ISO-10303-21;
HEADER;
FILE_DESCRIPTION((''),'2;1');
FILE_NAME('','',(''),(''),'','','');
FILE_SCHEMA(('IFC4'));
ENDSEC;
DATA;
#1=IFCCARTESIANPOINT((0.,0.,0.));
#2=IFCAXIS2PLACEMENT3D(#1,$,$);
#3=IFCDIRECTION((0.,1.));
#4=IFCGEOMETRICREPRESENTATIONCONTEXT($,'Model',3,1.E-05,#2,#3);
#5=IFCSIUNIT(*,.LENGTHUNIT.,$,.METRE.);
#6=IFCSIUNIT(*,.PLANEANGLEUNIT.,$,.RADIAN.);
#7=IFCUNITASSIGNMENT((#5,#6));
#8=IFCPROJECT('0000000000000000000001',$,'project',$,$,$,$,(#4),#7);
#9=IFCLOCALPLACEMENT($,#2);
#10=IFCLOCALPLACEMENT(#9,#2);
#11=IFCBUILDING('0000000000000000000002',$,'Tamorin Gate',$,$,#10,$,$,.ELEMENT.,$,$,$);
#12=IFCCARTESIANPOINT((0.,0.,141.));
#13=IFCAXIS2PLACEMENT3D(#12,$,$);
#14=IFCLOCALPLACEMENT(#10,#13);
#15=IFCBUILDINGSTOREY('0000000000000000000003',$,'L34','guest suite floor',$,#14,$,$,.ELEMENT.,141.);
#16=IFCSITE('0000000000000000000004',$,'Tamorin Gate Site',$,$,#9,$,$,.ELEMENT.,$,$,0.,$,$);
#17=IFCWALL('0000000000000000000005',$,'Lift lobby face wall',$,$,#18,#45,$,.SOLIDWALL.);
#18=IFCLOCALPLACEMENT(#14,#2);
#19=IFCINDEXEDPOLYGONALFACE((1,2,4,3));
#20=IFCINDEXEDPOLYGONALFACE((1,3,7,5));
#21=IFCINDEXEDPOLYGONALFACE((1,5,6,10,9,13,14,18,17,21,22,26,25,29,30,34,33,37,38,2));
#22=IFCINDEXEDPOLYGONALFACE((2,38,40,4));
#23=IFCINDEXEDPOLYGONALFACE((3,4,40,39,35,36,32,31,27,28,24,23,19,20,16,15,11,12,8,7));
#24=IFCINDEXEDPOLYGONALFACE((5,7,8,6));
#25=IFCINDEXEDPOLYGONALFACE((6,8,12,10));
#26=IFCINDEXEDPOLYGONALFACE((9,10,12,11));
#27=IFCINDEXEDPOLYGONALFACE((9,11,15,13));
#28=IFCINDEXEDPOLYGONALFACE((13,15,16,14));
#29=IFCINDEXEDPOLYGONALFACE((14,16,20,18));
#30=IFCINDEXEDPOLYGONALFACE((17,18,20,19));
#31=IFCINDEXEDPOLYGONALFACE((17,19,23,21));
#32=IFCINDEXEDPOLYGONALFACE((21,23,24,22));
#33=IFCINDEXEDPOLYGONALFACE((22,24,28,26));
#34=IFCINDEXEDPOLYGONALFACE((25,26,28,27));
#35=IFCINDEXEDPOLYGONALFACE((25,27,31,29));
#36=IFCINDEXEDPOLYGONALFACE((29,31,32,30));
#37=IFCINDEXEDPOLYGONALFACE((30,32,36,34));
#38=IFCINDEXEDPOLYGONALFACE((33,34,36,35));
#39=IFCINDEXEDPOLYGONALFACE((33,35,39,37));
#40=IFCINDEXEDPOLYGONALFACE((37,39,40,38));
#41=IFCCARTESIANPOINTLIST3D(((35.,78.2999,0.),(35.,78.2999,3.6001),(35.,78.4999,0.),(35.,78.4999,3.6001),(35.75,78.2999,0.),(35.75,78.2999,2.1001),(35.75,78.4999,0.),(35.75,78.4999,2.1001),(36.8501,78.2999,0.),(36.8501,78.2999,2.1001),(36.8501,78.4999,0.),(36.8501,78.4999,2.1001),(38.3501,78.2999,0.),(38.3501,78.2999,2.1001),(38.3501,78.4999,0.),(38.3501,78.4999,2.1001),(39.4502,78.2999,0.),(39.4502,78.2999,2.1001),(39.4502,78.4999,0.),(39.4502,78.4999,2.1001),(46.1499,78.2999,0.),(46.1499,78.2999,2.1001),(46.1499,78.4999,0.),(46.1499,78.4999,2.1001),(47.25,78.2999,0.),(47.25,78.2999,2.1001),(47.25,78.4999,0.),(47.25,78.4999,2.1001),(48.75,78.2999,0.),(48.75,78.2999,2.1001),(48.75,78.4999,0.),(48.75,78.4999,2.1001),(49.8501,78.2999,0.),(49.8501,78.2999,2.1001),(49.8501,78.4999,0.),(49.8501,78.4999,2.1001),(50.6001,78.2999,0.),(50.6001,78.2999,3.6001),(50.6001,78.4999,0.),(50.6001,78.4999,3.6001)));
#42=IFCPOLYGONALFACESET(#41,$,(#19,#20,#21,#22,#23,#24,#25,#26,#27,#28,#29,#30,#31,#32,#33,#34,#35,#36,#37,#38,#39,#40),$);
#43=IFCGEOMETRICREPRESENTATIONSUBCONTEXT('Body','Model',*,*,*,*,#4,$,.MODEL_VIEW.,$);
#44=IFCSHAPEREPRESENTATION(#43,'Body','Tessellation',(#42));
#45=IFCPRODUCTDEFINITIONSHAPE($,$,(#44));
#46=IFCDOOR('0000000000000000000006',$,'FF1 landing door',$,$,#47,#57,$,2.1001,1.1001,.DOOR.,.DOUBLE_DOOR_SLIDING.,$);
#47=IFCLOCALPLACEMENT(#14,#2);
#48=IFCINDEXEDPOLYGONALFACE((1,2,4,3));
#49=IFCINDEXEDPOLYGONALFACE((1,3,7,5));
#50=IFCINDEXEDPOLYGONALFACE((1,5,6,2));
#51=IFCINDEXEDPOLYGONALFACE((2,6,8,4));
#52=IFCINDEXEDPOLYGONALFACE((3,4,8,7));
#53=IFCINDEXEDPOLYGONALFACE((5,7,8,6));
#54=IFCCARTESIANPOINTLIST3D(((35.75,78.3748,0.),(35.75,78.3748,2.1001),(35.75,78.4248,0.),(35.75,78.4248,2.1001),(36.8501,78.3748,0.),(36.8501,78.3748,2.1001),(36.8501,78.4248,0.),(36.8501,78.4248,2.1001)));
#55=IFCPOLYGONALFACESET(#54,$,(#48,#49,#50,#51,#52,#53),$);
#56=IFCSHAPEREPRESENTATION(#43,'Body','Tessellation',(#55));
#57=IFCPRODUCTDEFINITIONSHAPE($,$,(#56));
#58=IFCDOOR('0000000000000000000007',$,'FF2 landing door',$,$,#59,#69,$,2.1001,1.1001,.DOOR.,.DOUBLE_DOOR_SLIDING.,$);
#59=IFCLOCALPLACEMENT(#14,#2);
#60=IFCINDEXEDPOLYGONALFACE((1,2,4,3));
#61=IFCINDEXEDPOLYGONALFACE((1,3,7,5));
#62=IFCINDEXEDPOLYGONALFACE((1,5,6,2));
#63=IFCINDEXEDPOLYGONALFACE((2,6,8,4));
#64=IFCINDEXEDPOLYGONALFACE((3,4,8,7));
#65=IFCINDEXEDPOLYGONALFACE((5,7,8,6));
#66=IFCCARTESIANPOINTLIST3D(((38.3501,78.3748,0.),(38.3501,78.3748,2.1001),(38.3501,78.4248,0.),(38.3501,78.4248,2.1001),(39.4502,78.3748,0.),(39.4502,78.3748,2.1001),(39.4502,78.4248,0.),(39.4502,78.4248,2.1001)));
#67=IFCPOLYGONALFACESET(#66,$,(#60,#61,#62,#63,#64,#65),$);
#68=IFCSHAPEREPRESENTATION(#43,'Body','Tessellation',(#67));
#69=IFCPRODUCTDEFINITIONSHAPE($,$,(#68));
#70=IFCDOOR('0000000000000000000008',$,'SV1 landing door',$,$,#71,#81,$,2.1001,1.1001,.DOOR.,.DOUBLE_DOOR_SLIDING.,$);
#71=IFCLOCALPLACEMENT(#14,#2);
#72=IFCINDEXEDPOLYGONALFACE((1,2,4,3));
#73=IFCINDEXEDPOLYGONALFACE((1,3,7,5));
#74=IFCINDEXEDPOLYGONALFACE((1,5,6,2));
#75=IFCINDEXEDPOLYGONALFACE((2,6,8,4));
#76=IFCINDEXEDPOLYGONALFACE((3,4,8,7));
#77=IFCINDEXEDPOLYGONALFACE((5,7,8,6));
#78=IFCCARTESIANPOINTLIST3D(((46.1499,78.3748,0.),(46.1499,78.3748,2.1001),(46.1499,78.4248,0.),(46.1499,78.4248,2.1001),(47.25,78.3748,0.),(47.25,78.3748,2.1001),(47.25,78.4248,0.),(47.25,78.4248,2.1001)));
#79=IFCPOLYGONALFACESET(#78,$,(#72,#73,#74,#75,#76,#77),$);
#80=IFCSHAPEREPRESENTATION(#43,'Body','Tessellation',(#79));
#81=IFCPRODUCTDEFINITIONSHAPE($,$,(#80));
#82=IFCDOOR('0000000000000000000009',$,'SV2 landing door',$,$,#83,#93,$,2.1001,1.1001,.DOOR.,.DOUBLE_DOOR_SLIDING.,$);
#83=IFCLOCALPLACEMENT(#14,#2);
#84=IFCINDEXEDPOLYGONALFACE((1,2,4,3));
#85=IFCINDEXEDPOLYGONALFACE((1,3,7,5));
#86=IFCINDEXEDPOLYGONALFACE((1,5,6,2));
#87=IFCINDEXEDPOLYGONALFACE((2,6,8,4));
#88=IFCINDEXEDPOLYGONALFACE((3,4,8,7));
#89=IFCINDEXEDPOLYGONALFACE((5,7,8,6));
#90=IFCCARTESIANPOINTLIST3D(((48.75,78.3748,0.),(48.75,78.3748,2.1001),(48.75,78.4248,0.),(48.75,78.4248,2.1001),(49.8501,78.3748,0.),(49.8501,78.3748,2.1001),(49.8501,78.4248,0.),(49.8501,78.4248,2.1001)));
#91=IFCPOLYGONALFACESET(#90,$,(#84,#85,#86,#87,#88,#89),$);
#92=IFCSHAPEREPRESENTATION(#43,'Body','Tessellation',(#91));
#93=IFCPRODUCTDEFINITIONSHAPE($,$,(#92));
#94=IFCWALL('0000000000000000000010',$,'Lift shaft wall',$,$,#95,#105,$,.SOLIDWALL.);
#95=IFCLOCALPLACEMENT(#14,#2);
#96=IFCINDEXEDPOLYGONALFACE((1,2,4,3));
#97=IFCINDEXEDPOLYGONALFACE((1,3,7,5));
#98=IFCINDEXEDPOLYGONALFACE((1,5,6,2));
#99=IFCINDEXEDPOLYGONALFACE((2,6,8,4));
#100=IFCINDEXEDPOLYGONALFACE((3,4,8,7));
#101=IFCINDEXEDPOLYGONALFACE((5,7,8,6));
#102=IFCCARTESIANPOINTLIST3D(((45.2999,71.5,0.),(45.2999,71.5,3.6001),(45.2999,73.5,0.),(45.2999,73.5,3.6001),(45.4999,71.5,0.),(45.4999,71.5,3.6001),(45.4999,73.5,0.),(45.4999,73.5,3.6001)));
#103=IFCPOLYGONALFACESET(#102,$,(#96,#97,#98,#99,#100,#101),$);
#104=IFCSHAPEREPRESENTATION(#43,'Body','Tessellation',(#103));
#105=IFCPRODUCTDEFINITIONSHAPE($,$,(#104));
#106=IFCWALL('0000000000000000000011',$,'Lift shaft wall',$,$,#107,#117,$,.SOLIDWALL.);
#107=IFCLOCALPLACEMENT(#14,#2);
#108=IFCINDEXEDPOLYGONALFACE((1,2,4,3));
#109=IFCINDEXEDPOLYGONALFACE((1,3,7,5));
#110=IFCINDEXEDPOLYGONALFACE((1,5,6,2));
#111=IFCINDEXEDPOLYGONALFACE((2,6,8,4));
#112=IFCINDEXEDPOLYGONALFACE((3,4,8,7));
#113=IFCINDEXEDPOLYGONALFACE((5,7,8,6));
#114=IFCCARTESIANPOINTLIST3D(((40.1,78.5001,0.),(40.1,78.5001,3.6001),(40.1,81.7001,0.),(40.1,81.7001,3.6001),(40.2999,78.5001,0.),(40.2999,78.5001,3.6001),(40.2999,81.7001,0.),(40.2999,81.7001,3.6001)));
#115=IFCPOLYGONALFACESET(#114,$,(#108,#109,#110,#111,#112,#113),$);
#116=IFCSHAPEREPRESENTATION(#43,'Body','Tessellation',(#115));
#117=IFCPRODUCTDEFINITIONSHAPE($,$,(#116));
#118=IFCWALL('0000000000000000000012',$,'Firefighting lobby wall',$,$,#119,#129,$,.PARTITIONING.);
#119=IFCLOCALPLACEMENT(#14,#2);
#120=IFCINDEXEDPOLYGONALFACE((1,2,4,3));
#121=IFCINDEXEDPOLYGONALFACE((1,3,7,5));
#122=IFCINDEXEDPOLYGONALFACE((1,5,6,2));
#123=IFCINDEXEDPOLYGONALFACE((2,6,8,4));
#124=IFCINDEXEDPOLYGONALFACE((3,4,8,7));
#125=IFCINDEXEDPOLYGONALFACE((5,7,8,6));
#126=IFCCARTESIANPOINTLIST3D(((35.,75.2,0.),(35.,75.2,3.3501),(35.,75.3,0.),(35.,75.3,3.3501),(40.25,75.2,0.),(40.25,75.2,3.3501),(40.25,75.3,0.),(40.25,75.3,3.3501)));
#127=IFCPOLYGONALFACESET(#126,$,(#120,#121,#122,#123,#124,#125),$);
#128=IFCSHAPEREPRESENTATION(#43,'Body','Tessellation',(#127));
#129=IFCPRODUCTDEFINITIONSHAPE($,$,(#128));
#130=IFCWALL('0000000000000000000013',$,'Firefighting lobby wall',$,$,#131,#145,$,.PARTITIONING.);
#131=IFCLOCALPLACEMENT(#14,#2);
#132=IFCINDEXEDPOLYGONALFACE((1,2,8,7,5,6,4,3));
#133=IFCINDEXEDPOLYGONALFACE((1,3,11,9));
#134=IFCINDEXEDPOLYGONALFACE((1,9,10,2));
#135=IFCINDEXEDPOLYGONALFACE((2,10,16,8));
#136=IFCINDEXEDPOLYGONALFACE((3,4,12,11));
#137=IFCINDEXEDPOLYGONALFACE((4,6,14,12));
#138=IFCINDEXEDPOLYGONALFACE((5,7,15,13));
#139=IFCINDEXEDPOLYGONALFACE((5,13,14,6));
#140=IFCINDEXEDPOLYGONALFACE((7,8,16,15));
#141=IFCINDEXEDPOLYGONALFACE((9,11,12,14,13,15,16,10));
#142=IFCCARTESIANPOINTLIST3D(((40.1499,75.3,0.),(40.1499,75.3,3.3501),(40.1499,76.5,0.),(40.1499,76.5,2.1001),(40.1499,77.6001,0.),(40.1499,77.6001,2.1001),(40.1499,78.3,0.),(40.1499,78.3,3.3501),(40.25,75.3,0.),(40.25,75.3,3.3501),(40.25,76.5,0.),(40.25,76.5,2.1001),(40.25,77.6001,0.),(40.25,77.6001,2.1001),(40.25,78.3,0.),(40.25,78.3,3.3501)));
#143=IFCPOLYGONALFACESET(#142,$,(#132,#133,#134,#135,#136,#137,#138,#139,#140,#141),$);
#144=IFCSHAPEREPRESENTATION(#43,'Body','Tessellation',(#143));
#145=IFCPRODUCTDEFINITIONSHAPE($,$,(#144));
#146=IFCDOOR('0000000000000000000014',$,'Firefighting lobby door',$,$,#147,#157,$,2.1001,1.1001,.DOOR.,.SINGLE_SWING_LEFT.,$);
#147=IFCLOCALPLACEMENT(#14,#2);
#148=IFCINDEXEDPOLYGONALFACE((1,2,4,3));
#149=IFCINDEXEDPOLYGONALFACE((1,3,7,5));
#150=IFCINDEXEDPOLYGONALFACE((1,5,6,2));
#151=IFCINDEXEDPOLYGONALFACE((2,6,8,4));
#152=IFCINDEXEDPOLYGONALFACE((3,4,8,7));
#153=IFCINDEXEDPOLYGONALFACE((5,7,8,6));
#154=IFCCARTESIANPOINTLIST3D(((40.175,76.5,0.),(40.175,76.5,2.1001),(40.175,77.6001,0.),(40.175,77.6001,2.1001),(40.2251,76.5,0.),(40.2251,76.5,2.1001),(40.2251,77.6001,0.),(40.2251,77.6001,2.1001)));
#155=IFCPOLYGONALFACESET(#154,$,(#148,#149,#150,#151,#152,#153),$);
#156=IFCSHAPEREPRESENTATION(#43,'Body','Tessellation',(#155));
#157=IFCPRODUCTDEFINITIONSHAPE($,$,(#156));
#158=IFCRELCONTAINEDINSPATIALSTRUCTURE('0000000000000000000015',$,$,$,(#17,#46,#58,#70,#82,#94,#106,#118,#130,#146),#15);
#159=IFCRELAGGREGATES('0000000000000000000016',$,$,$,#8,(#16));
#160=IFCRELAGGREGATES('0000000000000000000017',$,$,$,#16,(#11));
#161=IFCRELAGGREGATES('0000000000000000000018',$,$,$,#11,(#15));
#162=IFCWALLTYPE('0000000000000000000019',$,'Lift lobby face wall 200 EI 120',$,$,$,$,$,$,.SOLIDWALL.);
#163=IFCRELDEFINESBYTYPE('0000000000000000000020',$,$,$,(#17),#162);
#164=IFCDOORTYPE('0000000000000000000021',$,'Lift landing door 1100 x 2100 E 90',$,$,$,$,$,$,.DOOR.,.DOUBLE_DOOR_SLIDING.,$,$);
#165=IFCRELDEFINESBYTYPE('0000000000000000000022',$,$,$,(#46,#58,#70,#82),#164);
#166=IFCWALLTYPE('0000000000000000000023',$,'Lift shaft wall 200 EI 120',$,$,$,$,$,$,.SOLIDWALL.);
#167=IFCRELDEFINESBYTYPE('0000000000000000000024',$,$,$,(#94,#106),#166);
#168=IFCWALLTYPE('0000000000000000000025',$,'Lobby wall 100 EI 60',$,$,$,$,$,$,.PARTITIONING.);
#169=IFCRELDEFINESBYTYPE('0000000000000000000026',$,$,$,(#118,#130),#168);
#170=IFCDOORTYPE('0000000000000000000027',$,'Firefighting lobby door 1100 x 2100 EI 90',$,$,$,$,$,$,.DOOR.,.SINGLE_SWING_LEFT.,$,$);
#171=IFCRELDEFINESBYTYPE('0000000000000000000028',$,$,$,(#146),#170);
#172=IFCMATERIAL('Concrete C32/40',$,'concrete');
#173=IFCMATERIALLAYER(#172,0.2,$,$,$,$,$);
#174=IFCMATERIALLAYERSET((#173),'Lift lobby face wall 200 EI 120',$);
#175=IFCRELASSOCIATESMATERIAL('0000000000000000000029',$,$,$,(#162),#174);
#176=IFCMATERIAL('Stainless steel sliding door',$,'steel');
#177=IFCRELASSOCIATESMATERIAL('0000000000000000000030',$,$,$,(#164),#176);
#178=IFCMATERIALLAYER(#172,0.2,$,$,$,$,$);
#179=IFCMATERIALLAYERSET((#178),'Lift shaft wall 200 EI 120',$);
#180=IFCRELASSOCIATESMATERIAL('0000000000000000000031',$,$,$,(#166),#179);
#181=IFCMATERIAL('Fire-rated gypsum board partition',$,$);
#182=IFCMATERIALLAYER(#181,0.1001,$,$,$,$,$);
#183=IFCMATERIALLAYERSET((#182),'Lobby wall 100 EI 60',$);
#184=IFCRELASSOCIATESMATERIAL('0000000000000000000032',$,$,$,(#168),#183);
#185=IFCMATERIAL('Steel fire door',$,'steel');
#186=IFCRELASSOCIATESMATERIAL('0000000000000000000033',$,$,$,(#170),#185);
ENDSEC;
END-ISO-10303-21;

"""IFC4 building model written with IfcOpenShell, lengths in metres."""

from ifc_helpers import new_model, si_unit, direction, frame, frame_2d, origin, place, context, subcontext, project, spatial, rectangle, extrude, material, layer, layer_set, type_object, element, fill, save


model = new_model("IFC4")

# Units and contexts
model_context = context("Model", 3, precision=1e-05, world=origin(), true_north=direction((0.0, 1.0)))
body_context = subcontext(model_context, "Body", "Model", "MODEL_VIEW")
ifc_project = project(units=[si_unit("LENGTHUNIT", "METRE"), si_unit("PLANEANGLEUNIT", "RADIAN")], contexts=[model_context])

# Site, building, storey
site_placement = place(None, origin())
site = spatial("IfcSite", under=ifc_project, at=site_placement, Name="Tamorin Gate Site", CompositionType="ELEMENT", RefElevation=0.0)
building_placement = place(site_placement, origin())
building = spatial("IfcBuilding", under=site, at=building_placement, Name="Tamorin Gate", CompositionType="ELEMENT")
storey_placement = place(building_placement, frame((0.0, 0.0, 141.0)))
storey = spatial("IfcBuildingStorey", under=building, at=storey_placement, Name="L34", Description="guest suite floor", CompositionType="ELEMENT", Elevation=141.0)

# Wall, openings, doors
ifc_material_1 = material(Name="Concrete C32/40", Category="concrete")
ifc_layer_1 = layer(ifc_material_1, 0.2)
ifc_layer_set_1 = layer_set([ifc_layer_1], Name="Lift lobby face wall 200 EI 120")
wall_type_1 = type_object("IfcWallType", Name="Lift lobby face wall 200 EI 120", PredefinedType="SOLIDWALL", material=ifc_layer_set_1)
ifc_material_2 = material(Name="Stainless steel sliding door", Category="steel")
door_type_1 = type_object("IfcDoorType", Name="Lift landing door 1100 x 2100 E 90", OperationType="DOUBLE_DOOR_SLIDING", PredefinedType="DOOR", material=ifc_material_2)
wall_1_placement = place(storey_placement, frame((35.0, 78.3999, 0.0), z_axis=(0.0, 0.0, 1.0), x_axis=(1.0, 0.0, 0.0)))
wall_1 = element("IfcWall", 1, at=wall_1_placement, inside=storey, type_object=wall_type_1, Name="Lift lobby face wall", PredefinedType="SOLIDWALL", context=body_context, shape_type="SweptSolid", body=[
    extrude(rectangle(XDim=15.6001, YDim=0.2, at=frame_2d((7.8, 0.0))), origin(), (0.0, 0.0, 1.0), 3.6001),
])
opening_1_placement = place(wall_1_placement, frame((0.75, 0.0, 0.0)))
opening_1 = element("IfcOpeningElement", 2, at=opening_1_placement, cuts=wall_1, PredefinedType="OPENING", context=body_context, shape_type="SweptSolid", body=[
    extrude(rectangle(XDim=1.1001, YDim=2.1001, at=frame_2d((0.55, 1.05))), frame((0.0, 0.1099, 0.0), z_axis=(0.0, -1.0, 0.0), x_axis=(1.0, 0.0, 0.0)), (0.0, 0.0, 1.0), 0.22),
])
opening_2_placement = place(wall_1_placement, frame((3.3501, 0.0, 0.0)))
opening_2 = element("IfcOpeningElement", 3, at=opening_2_placement, cuts=wall_1, PredefinedType="OPENING", context=body_context, shape_type="SweptSolid", body=[
    extrude(rectangle(XDim=1.1001, YDim=2.1001, at=frame_2d((0.55, 1.05))), frame((0.0, 0.1099, 0.0), z_axis=(0.0, -1.0, 0.0), x_axis=(1.0, 0.0, 0.0)), (0.0, 0.0, 1.0), 0.22),
])
opening_3_placement = place(wall_1_placement, frame((11.1499, 0.0, 0.0)))
opening_3 = element("IfcOpeningElement", 4, at=opening_3_placement, cuts=wall_1, PredefinedType="OPENING", context=body_context, shape_type="SweptSolid", body=[
    extrude(rectangle(XDim=1.1001, YDim=2.1001, at=frame_2d((0.55, 1.05))), frame((0.0, 0.1099, 0.0), z_axis=(0.0, -1.0, 0.0), x_axis=(1.0, 0.0, 0.0)), (0.0, 0.0, 1.0), 0.22),
])
opening_4_placement = place(wall_1_placement, frame((13.75, 0.0, 0.0)))
opening_4 = element("IfcOpeningElement", 5, at=opening_4_placement, cuts=wall_1, PredefinedType="OPENING", context=body_context, shape_type="SweptSolid", body=[
    extrude(rectangle(XDim=1.1001, YDim=2.1001, at=frame_2d((0.55, 1.05))), frame((0.0, 0.1099, 0.0), z_axis=(0.0, -1.0, 0.0), x_axis=(1.0, 0.0, 0.0)), (0.0, 0.0, 1.0), 0.22),
])
door_1_placement = place(opening_1_placement, origin())
door_1 = element("IfcDoor", 6, at=door_1_placement, inside=storey, type_object=door_type_1, Name="FF1 landing door", OperationType="DOUBLE_DOOR_SLIDING", OverallHeight=2.1001, OverallWidth=1.1001, PredefinedType="DOOR", context=body_context, shape_type="SweptSolid", body=[
    extrude(rectangle(XDim=1.1001, YDim=2.1001, at=frame_2d((0.55, 1.05))), frame((0.0, 0.0249, 0.0), z_axis=(0.0, -1.0, 0.0), x_axis=(1.0, 0.0, 0.0)), (0.0, 0.0, 1.0), 0.05),
])
fill(opening_1, door_1)
door_2_placement = place(opening_2_placement, origin())
door_2 = element("IfcDoor", 7, at=door_2_placement, inside=storey, type_object=door_type_1, Name="FF2 landing door", OperationType="DOUBLE_DOOR_SLIDING", OverallHeight=2.1001, OverallWidth=1.1001, PredefinedType="DOOR", context=body_context, shape_type="SweptSolid", body=[
    extrude(rectangle(XDim=1.1001, YDim=2.1001, at=frame_2d((0.55, 1.05))), frame((0.0, 0.0249, 0.0), z_axis=(0.0, -1.0, 0.0), x_axis=(1.0, 0.0, 0.0)), (0.0, 0.0, 1.0), 0.05),
])
fill(opening_2, door_2)
door_3_placement = place(opening_3_placement, origin())
door_3 = element("IfcDoor", 8, at=door_3_placement, inside=storey, type_object=door_type_1, Name="SV1 landing door", OperationType="DOUBLE_DOOR_SLIDING", OverallHeight=2.1001, OverallWidth=1.1001, PredefinedType="DOOR", context=body_context, shape_type="SweptSolid", body=[
    extrude(rectangle(XDim=1.1001, YDim=2.1001, at=frame_2d((0.55, 1.05))), frame((0.0, 0.0249, 0.0), z_axis=(0.0, -1.0, 0.0), x_axis=(1.0, 0.0, 0.0)), (0.0, 0.0, 1.0), 0.05),
])
fill(opening_3, door_3)
door_4_placement = place(opening_4_placement, origin())
door_4 = element("IfcDoor", 9, at=door_4_placement, inside=storey, type_object=door_type_1, Name="SV2 landing door", OperationType="DOUBLE_DOOR_SLIDING", OverallHeight=2.1001, OverallWidth=1.1001, PredefinedType="DOOR", context=body_context, shape_type="SweptSolid", body=[
    extrude(rectangle(XDim=1.1001, YDim=2.1001, at=frame_2d((0.55, 1.05))), frame((0.0, 0.0249, 0.0), z_axis=(0.0, -1.0, 0.0), x_axis=(1.0, 0.0, 0.0)), (0.0, 0.0, 1.0), 0.05),
])
fill(opening_4, door_4)

# Walls
ifc_layer_2 = layer(ifc_material_1, 0.2)
ifc_layer_set_2 = layer_set([ifc_layer_2], Name="Lift shaft wall 200 EI 120")
wall_type_2 = type_object("IfcWallType", Name="Lift shaft wall 200 EI 120", PredefinedType="SOLIDWALL", material=ifc_layer_set_2)
wall_2_placement = place(storey_placement, frame((45.3999, 71.5, 0.0), z_axis=(0.0, 0.0, 1.0), x_axis=(0.0, 1.0, 0.0)))
element("IfcWall", 10, at=wall_2_placement, inside=storey, type_object=wall_type_2, Name="Lift shaft wall", PredefinedType="SOLIDWALL", context=body_context, shape_type="SweptSolid", body=[
    extrude(rectangle(XDim=2.0, YDim=0.2, at=frame_2d((1.0, 0.0))), origin(), (0.0, 0.0, 1.0), 3.6001),
])
wall_3_placement = place(storey_placement, frame((40.2, 78.5, 0.0), z_axis=(0.0, 0.0, 1.0), x_axis=(0.0, 1.0, 0.0)))
element("IfcWall", 11, at=wall_3_placement, inside=storey, type_object=wall_type_2, Name="Lift shaft wall", PredefinedType="SOLIDWALL", context=body_context, shape_type="SweptSolid", body=[
    extrude(rectangle(XDim=3.2, YDim=0.2, at=frame_2d((1.6001, 0.0))), origin(), (0.0, 0.0, 1.0), 3.6001),
])
ifc_material_3 = material(Name="Fire-rated gypsum board partition")
ifc_layer_3 = layer(ifc_material_3, 0.1001)
ifc_layer_set_3 = layer_set([ifc_layer_3], Name="Lobby wall 100 EI 60")
wall_type_3 = type_object("IfcWallType", Name="Lobby wall 100 EI 60", PredefinedType="PARTITIONING", material=ifc_layer_set_3)
wall_4_placement = place(storey_placement, frame((35.0, 75.25, 0.0), z_axis=(0.0, 0.0, 1.0), x_axis=(1.0, 0.0, 0.0)))
element("IfcWall", 12, at=wall_4_placement, inside=storey, type_object=wall_type_3, Name="Firefighting lobby wall", PredefinedType="PARTITIONING", context=body_context, shape_type="SweptSolid", body=[
    extrude(rectangle(XDim=5.25, YDim=0.1001, at=frame_2d((2.625, 0.0))), origin(), (0.0, 0.0, 1.0), 3.3501),
])

# Wall, opening, door
wall_5_placement = place(storey_placement, frame((40.2, 75.3, 0.0), z_axis=(0.0, 0.0, 1.0), x_axis=(0.0, 1.0, 0.0)))
wall_5 = element("IfcWall", 13, at=wall_5_placement, inside=storey, type_object=wall_type_3, Name="Firefighting lobby wall", PredefinedType="PARTITIONING", context=body_context, shape_type="SweptSolid", body=[
    extrude(rectangle(XDim=3.0, YDim=0.1001, at=frame_2d((1.5, 0.0))), origin(), (0.0, 0.0, 1.0), 3.3501),
])
opening_5_placement = place(wall_5_placement, frame((1.2, 0.0, 0.0)))
opening_5 = element("IfcOpeningElement", 14, at=opening_5_placement, cuts=wall_5, PredefinedType="OPENING", context=body_context, shape_type="SweptSolid", body=[
    extrude(rectangle(XDim=1.1001, YDim=2.1001, at=frame_2d((0.55, 1.05))), frame((0.0, 0.0601, 0.0), z_axis=(0.0, -1.0, 0.0), x_axis=(1.0, 0.0, 0.0)), (0.0, 0.0, 1.0), 0.1201),
])
ifc_material_4 = material(Name="Steel fire door", Category="steel")
door_type_2 = type_object("IfcDoorType", Name="Firefighting lobby door 1100 x 2100 EI 90", OperationType="SINGLE_SWING_LEFT", PredefinedType="DOOR", material=ifc_material_4)
door_5_placement = place(opening_5_placement, origin())
door_5 = element("IfcDoor", 15, at=door_5_placement, inside=storey, type_object=door_type_2, Name="Firefighting lobby door", OperationType="SINGLE_SWING_LEFT", OverallHeight=2.1001, OverallWidth=1.1001, PredefinedType="DOOR", context=body_context, shape_type="SweptSolid", body=[
    extrude(rectangle(XDim=1.1001, YDim=2.1001, at=frame_2d((0.55, 1.05))), frame((0.0, 0.0249, 0.0), z_axis=(0.0, -1.0, 0.0), x_axis=(1.0, 0.0, 0.0)), (0.0, 0.0, 1.0), 0.05),
])
fill(opening_5, door_5)

save(model, "model.ifc")
